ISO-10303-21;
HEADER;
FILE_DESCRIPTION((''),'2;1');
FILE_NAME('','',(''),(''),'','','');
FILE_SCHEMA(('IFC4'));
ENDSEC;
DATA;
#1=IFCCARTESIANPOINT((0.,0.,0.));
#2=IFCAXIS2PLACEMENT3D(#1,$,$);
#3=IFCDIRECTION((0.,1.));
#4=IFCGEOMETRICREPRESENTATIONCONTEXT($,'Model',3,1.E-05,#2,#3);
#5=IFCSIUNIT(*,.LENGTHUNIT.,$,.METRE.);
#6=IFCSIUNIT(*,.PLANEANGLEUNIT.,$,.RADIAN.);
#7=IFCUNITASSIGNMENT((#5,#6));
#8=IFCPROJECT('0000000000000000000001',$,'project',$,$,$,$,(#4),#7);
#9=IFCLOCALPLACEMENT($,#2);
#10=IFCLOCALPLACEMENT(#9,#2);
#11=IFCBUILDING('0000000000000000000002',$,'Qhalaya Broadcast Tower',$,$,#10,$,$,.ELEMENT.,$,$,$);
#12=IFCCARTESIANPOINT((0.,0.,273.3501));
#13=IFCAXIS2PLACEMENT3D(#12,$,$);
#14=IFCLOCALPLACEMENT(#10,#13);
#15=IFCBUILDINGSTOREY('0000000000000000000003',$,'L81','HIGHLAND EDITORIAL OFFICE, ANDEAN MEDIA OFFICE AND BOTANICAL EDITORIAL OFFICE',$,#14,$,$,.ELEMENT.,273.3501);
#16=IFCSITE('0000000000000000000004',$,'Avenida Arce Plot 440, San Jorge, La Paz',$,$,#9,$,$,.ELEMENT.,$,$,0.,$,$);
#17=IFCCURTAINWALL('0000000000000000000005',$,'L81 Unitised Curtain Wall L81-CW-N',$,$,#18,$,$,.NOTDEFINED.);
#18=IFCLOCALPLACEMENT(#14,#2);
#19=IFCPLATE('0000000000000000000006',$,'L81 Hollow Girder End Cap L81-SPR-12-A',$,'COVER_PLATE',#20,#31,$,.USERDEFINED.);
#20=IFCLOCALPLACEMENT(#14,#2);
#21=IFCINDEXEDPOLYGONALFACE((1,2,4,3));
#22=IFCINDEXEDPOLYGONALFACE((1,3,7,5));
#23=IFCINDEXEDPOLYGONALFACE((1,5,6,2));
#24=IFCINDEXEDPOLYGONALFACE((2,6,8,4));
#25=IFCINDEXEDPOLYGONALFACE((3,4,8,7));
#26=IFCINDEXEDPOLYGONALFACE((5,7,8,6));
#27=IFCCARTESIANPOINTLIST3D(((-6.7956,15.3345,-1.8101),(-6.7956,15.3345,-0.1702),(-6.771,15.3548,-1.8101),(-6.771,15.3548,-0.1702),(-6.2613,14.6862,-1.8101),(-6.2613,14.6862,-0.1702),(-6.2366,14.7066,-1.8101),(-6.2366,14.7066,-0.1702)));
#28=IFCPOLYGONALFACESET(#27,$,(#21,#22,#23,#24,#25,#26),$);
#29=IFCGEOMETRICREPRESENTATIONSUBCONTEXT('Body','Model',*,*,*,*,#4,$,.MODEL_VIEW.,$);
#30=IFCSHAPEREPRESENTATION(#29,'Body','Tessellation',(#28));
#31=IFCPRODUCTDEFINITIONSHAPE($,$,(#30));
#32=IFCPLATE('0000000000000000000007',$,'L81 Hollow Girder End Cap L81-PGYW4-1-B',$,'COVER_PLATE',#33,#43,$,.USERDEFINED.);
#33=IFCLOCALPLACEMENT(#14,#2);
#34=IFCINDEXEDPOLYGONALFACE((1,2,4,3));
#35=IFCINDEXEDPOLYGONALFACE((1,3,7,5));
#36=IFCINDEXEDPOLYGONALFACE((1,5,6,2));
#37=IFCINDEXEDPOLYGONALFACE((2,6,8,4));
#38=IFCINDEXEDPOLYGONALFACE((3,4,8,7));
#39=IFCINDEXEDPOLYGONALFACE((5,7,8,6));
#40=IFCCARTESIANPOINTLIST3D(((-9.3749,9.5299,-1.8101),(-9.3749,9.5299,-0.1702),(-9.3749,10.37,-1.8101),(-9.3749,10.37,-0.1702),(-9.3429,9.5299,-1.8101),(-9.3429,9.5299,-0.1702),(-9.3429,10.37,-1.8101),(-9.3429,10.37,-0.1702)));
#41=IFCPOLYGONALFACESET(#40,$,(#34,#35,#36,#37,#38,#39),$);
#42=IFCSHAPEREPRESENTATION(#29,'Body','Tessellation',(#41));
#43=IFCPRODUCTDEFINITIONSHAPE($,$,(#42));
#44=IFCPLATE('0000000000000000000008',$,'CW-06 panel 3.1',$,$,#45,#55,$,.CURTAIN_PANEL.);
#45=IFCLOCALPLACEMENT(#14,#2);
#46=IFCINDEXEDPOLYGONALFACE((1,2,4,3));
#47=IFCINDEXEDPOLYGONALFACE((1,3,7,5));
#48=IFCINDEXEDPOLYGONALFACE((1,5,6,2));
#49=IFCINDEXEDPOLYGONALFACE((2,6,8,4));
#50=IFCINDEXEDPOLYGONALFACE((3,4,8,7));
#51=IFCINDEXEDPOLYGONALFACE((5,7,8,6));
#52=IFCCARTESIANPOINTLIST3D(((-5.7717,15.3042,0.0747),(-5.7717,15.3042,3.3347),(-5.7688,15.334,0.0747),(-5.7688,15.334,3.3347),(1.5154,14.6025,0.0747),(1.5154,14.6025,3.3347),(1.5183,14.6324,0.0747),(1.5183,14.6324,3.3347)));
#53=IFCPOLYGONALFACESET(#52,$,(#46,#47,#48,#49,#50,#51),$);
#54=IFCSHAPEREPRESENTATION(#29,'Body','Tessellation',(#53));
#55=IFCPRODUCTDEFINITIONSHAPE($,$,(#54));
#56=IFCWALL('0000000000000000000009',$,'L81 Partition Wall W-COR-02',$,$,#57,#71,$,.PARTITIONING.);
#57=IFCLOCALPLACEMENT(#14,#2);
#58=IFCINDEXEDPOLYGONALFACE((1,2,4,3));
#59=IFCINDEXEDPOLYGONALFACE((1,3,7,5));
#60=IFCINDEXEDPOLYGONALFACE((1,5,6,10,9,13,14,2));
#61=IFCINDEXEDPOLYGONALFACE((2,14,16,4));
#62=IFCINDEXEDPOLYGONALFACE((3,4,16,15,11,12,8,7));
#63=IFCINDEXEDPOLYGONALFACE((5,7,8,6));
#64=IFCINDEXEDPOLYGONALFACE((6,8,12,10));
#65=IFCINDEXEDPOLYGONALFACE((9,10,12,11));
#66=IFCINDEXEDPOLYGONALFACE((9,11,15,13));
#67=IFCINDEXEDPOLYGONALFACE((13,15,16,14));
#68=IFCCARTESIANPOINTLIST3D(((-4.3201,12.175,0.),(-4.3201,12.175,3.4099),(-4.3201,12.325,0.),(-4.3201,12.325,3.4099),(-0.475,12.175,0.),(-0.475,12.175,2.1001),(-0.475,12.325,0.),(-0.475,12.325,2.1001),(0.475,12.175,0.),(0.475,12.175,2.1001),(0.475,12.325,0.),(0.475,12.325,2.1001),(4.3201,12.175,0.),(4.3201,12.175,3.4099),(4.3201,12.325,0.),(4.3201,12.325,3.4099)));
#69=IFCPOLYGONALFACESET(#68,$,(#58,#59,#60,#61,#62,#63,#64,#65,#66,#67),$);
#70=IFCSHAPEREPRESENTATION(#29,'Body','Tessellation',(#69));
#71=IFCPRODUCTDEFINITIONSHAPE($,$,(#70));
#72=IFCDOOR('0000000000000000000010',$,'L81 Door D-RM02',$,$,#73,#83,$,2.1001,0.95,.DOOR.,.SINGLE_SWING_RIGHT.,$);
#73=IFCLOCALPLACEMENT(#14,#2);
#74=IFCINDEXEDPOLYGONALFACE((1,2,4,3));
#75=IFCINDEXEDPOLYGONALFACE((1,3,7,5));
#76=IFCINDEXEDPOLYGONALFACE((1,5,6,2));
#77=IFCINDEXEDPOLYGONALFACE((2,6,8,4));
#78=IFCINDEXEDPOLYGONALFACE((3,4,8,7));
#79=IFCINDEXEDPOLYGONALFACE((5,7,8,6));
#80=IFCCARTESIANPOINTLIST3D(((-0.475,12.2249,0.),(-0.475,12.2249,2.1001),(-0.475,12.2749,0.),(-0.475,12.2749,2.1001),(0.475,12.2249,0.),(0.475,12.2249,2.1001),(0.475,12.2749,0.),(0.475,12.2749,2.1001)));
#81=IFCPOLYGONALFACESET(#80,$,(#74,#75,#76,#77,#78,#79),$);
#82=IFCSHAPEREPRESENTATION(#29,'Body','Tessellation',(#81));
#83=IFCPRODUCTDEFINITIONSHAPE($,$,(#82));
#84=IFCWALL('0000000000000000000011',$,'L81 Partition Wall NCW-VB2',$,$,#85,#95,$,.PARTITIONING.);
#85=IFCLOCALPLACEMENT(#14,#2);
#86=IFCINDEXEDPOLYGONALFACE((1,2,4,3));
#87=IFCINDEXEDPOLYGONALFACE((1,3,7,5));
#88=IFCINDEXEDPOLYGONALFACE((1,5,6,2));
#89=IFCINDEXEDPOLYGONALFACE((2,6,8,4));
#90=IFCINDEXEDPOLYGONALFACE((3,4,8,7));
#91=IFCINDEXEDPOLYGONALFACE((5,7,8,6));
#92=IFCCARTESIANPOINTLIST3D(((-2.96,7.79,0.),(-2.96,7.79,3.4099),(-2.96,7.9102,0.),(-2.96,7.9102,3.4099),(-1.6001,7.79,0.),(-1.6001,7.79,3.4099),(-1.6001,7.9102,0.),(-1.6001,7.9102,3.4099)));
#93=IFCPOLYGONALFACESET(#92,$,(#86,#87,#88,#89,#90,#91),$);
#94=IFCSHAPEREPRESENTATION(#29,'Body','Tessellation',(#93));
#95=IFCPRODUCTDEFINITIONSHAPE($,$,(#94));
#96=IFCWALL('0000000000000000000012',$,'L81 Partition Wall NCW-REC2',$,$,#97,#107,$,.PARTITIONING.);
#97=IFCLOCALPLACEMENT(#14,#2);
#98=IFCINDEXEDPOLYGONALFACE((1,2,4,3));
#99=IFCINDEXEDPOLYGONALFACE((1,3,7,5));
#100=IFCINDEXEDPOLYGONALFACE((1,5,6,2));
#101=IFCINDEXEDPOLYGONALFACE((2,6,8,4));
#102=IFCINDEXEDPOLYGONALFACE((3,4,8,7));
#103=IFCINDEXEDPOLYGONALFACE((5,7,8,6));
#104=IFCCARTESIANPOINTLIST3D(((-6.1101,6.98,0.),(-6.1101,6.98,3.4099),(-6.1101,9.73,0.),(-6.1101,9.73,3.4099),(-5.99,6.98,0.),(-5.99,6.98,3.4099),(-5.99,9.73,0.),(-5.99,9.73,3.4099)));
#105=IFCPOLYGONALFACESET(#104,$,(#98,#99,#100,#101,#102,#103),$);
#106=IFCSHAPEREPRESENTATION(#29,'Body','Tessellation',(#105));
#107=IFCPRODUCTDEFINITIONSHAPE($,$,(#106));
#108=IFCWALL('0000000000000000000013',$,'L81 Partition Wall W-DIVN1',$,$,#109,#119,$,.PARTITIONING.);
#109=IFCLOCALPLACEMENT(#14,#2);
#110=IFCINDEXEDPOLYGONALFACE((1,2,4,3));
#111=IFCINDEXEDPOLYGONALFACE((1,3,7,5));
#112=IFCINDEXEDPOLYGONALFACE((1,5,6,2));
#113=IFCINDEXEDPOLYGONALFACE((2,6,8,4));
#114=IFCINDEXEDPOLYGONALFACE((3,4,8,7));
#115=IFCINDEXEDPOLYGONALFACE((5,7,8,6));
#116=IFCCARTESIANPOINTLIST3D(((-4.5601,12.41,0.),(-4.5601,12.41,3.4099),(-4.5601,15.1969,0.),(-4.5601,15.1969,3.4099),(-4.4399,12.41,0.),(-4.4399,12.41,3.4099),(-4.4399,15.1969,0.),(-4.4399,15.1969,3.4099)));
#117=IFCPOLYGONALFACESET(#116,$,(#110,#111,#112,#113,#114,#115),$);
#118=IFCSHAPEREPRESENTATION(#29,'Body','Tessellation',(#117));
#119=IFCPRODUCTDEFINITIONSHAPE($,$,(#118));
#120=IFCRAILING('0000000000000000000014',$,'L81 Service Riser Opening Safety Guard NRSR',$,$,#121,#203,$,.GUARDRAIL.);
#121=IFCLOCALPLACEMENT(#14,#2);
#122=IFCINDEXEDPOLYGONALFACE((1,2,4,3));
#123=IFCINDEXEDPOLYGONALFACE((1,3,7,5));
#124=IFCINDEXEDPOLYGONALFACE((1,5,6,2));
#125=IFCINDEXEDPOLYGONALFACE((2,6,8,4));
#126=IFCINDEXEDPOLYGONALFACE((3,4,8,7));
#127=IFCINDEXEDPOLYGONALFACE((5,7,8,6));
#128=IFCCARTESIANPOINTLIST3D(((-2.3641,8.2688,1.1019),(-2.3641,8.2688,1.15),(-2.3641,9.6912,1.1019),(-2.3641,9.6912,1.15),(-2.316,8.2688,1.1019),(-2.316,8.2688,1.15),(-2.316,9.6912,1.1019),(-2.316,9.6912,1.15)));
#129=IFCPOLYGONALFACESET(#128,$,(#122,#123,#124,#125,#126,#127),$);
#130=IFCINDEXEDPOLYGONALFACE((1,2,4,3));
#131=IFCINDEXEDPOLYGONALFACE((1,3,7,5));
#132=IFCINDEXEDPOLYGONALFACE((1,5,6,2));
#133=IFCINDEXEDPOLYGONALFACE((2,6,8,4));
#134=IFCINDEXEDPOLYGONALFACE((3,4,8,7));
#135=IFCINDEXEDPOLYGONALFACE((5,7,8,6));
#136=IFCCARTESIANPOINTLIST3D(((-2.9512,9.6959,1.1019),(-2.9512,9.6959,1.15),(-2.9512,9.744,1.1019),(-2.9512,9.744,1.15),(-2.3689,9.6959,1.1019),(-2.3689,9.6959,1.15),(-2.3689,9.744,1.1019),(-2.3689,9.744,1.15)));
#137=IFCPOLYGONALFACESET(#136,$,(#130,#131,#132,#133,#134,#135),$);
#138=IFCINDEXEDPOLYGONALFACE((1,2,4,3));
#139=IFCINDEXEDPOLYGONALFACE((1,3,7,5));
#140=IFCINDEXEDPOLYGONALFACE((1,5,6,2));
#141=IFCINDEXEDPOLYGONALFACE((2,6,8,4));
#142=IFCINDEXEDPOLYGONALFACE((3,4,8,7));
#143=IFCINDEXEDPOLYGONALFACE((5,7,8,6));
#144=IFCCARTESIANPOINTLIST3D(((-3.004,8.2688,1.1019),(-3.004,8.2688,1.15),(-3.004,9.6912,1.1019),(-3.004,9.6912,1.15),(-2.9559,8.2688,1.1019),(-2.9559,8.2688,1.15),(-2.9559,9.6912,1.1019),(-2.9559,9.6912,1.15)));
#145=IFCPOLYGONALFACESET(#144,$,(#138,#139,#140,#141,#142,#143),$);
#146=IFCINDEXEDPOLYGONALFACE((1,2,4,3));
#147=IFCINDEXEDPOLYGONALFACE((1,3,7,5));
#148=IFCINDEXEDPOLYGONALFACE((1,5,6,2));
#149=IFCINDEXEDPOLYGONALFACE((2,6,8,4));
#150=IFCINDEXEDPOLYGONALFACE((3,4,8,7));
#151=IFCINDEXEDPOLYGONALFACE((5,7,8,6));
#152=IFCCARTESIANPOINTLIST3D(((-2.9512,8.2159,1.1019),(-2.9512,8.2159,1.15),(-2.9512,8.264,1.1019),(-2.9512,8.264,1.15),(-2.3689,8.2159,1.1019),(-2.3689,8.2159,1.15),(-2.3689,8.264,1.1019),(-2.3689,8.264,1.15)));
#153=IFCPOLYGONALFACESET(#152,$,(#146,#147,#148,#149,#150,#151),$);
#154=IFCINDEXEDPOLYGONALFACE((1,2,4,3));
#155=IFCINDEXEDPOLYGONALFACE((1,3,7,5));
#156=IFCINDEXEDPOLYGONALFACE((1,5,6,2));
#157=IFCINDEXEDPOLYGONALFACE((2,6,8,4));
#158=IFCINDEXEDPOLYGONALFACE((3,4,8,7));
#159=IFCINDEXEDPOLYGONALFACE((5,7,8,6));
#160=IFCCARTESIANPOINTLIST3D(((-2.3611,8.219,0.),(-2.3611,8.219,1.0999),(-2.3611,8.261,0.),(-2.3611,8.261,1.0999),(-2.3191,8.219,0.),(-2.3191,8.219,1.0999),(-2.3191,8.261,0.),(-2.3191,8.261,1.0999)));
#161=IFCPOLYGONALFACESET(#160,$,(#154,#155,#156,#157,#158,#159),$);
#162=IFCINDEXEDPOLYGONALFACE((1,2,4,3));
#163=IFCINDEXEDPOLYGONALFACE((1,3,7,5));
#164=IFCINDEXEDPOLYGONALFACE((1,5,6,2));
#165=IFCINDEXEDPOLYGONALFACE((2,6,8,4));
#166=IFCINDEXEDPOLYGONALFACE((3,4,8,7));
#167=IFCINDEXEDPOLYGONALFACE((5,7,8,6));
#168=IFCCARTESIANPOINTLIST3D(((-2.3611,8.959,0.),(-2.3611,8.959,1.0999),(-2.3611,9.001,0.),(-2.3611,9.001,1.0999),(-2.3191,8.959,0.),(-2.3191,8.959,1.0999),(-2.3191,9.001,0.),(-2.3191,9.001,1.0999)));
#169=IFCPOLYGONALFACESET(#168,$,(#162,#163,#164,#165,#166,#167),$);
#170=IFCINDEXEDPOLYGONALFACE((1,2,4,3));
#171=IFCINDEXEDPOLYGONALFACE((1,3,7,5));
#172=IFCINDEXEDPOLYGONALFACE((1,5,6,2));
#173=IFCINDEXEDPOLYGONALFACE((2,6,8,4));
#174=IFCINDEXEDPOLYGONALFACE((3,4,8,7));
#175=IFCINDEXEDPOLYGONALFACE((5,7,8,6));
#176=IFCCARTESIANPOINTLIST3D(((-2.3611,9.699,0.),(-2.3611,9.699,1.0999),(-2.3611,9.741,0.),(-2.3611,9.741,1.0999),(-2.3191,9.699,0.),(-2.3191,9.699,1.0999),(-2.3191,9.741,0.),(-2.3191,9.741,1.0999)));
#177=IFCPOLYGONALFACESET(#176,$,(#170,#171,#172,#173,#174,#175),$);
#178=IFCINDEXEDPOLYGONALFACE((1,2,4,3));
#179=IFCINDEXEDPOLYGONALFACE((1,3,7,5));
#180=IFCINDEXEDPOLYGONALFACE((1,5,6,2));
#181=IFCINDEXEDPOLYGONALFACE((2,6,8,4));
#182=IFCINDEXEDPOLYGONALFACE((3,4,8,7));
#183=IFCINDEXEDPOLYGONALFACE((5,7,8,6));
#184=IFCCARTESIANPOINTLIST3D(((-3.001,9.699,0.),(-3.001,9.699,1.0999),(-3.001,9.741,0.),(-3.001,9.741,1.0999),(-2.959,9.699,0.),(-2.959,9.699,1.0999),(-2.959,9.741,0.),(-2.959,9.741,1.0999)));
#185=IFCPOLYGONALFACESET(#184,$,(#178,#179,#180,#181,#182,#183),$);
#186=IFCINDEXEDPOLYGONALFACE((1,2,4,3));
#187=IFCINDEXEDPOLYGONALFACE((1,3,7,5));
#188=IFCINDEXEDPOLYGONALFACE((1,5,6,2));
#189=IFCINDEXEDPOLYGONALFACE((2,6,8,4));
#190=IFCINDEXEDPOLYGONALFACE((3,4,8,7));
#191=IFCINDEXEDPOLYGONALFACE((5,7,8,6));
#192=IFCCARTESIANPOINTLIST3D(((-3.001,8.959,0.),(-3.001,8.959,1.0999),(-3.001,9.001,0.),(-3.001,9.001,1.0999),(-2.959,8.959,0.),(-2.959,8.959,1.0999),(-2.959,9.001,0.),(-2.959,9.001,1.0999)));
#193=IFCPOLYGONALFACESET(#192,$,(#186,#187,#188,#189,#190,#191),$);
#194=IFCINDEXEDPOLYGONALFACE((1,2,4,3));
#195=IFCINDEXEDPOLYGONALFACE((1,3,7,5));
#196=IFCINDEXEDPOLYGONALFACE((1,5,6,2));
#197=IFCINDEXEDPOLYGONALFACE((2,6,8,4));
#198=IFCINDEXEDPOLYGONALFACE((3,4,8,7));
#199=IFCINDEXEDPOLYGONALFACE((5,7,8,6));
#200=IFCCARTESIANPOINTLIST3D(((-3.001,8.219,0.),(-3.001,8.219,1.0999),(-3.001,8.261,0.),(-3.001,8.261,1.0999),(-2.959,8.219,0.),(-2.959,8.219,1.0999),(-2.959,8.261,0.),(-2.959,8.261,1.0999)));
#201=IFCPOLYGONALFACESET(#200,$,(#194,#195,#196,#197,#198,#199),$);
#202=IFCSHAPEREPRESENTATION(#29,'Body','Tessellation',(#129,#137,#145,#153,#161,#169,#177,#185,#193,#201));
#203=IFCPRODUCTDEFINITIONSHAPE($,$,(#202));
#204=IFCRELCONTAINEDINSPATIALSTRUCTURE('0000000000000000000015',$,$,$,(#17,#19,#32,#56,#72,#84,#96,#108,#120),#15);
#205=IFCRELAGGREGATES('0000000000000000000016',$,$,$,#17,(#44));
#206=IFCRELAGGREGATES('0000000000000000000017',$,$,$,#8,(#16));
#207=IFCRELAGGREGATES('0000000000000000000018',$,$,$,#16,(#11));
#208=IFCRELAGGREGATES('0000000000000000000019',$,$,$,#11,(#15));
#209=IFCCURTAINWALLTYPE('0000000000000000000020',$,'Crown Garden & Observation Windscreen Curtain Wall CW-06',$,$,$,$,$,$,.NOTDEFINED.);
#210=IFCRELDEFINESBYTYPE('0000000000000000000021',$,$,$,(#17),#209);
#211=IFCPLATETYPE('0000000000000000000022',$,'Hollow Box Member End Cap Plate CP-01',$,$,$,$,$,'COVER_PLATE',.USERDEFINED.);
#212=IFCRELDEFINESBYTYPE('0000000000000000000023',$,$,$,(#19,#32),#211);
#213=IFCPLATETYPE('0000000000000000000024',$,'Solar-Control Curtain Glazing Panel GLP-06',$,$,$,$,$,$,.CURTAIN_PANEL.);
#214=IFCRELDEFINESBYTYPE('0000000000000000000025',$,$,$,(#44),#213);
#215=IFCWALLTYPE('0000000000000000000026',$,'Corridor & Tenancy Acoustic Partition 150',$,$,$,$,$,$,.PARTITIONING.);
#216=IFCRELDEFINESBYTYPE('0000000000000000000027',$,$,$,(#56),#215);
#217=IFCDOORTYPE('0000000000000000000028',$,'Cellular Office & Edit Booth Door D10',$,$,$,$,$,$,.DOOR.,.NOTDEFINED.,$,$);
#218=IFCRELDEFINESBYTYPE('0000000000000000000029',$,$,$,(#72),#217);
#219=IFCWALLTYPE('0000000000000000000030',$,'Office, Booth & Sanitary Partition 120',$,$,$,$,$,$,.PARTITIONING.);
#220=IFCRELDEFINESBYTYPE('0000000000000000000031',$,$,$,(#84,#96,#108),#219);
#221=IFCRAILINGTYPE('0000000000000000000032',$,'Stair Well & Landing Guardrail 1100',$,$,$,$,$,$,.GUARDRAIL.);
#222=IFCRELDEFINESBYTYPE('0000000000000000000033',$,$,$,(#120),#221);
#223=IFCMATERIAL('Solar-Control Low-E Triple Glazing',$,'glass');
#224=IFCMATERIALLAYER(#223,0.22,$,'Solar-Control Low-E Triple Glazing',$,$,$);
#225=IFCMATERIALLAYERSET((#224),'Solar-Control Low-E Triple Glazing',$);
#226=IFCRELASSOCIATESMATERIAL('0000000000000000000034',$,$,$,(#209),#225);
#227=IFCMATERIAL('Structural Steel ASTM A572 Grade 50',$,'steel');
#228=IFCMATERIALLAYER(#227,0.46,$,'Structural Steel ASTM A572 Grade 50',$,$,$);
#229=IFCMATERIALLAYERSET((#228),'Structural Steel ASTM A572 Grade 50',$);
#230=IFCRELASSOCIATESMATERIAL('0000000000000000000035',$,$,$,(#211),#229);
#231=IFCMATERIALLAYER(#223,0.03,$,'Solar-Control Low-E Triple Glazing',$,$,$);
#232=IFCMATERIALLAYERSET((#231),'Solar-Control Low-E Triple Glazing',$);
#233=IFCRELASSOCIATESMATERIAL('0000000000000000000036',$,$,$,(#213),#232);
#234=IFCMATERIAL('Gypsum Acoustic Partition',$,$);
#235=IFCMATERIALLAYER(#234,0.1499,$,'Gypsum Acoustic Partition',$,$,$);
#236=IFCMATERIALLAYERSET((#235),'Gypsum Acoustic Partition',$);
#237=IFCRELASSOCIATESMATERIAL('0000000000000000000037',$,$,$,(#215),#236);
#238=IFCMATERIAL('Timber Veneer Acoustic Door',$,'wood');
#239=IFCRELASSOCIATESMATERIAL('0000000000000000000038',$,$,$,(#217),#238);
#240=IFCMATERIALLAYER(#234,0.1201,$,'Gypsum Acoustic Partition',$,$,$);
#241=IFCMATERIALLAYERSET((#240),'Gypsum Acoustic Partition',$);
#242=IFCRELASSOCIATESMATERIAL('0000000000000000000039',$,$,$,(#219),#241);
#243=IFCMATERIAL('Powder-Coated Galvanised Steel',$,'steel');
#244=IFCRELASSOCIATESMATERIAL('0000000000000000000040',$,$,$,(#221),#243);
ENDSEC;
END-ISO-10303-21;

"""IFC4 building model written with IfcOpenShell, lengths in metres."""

from ifc_helpers import new_model, si_unit, direction, frame, frame_2d, origin, origin_2d, place, context, subcontext, project, spatial, rectangle, extrude, material, layer, layer_set, type_object, element, fill, aggregate, save


model = new_model("IFC4")

# Units and contexts
model_context = context("Model", 3, precision=1e-05, world=origin(), true_north=direction((0.0, 1.0)))
body_context = subcontext(model_context, "Body", "Model", "MODEL_VIEW")
ifc_project = project(units=[si_unit("LENGTHUNIT", "METRE"), si_unit("PLANEANGLEUNIT", "RADIAN")], contexts=[model_context])

# Site, building, storey
site_placement = place(None, origin())
site = spatial("IfcSite", under=ifc_project, at=site_placement, Name="Avenida Arce Plot 440, San Jorge, La Paz", CompositionType="ELEMENT", RefElevation=0.0)
building_placement = place(site_placement, origin())
building = spatial("IfcBuilding", under=site, at=building_placement, Name="Qhalaya Broadcast Tower", CompositionType="ELEMENT")
storey_placement = place(building_placement, frame((0.0, 0.0, 273.3501)))
storey = spatial("IfcBuildingStorey", under=building, at=storey_placement, Name="L81", Description="HIGHLAND EDITORIAL OFFICE, ANDEAN MEDIA OFFICE AND BOTANICAL EDITORIAL OFFICE", CompositionType="ELEMENT", Elevation=273.3501)

# Shared definitions
ifc_material_1 = material(Name="Structural Steel ASTM A572 Grade 50", Category="steel")

# Curtain wall
ifc_material_2 = material(Name="Solar-Control Low-E Triple Glazing", Category="glass")
ifc_layer_1 = layer(ifc_material_2, 0.22, Name="Solar-Control Low-E Triple Glazing")
ifc_layer_set_1 = layer_set([ifc_layer_1], Name="Solar-Control Low-E Triple Glazing")
curtain_wall_type = type_object("IfcCurtainWallType", Name="Crown Garden & Observation Windscreen Curtain Wall CW-06", PredefinedType="NOTDEFINED", material=ifc_layer_set_1)
curtain_wall_placement = place(storey_placement, origin())
curtain_wall = element("IfcCurtainWall", 1, at=curtain_wall_placement, inside=storey, type_object=curtain_wall_type, Name="L81 Unitised Curtain Wall L81-CW-N", PredefinedType="NOTDEFINED")

# Plates
ifc_layer_2 = layer(ifc_material_1, 0.46, Name="Structural Steel ASTM A572 Grade 50")
ifc_layer_set_2 = layer_set([ifc_layer_2], Name="Structural Steel ASTM A572 Grade 50")
plate_type_1 = type_object("IfcPlateType", Name="Hollow Box Member End Cap Plate CP-01", ElementType="COVER_PLATE", PredefinedType="USERDEFINED", material=ifc_layer_set_2)
for number, where, z_axis, x_axis, name in (
    (2, (-6.5161, 15.0205, -1.8101), (0.0, 0.0, 1.0), (0.636078, -0.771625, 0.0), "L81 Hollow Girder End Cap L81-SPR-12-A"),
    (3, (-9.3589, 9.95, -1.8101), (0.0, 0.0, 1.0), (0.0, 1.0, 0.0), "L81 Hollow Girder End Cap L81-PGYW4-1-B"),
):
    element("IfcPlate", number, at=place(storey_placement, frame(where, z_axis=z_axis, x_axis=x_axis)), inside=storey, type_object=plate_type_1, Name=name, ObjectType="COVER_PLATE", PredefinedType="USERDEFINED", context=body_context, shape_type="SweptSolid", body=[
        extrude(rectangle(XDim=0.8401, YDim=0.032, at=origin_2d()), origin(), (0.0, 0.0, 1.0), 1.6399),
    ])

# Plate
ifc_layer_3 = layer(ifc_material_2, 0.03, Name="Solar-Control Low-E Triple Glazing")
ifc_layer_set_3 = layer_set([ifc_layer_3], Name="Solar-Control Low-E Triple Glazing")
plate_type_2 = type_object("IfcPlateType", Name="Solar-Control Curtain Glazing Panel GLP-06", PredefinedType="CURTAIN_PANEL", material=ifc_layer_set_3)
plate_placement = place(storey_placement, frame((-2.1267, 14.9683, 0.0747), z_axis=(0.0, 0.0, 1.0), x_axis=(-0.995396, 0.095848, 0.0)))
plate = element("IfcPlate", 4, at=plate_placement, type_object=plate_type_2, Name="CW-06 panel 3.1", PredefinedType="CURTAIN_PANEL", context=body_context, shape_type="SweptSolid", body=[
    extrude(rectangle(XDim=7.3208, YDim=0.03, at=origin_2d()), origin(), (0.0, 0.0, 1.0), 3.26),
])
aggregate(curtain_wall, [plate])

# Wall, opening, door
ifc_material_3 = material(Name="Gypsum Acoustic Partition")
ifc_layer_4 = layer(ifc_material_3, 0.1499, Name="Gypsum Acoustic Partition")
ifc_layer_set_4 = layer_set([ifc_layer_4], Name="Gypsum Acoustic Partition")
wall_type_1 = type_object("IfcWallType", Name="Corridor & Tenancy Acoustic Partition 150", PredefinedType="PARTITIONING", material=ifc_layer_set_4)
wall_1_placement = place(storey_placement, frame((-4.3201, 12.25, 0.0), z_axis=(0.0, 0.0, 1.0), x_axis=(1.0, 0.0, 0.0)))
wall_1 = element("IfcWall", 5, at=wall_1_placement, inside=storey, type_object=wall_type_1, Name="L81 Partition Wall W-COR-02", PredefinedType="PARTITIONING", context=body_context, shape_type="SweptSolid", body=[
    extrude(rectangle(XDim=8.6401, YDim=0.1499, at=frame_2d((4.3201, 0.0))), origin(), (0.0, 0.0, 1.0), 3.4099),
])
opening_placement = place(wall_1_placement, frame((3.845, 0.0, 0.0)))
opening = element("IfcOpeningElement", 6, at=opening_placement, cuts=wall_1, PredefinedType="OPENING", context=body_context, shape_type="SweptSolid", body=[
    extrude(rectangle(XDim=0.95, YDim=2.1001, at=frame_2d((0.4751, 1.05))), frame((0.0, 0.0869, 0.0), z_axis=(0.0, -1.0, 0.0), x_axis=(1.0, 0.0, 0.0)), (0.0, 0.0, 1.0), 0.1738),
])
ifc_material_4 = material(Name="Timber Veneer Acoustic Door", Category="wood")
door_type = type_object("IfcDoorType", Name="Cellular Office & Edit Booth Door D10", OperationType="NOTDEFINED", PredefinedType="DOOR", material=ifc_material_4)
door_placement = place(opening_placement, origin())
door = element("IfcDoor", 7, at=door_placement, inside=storey, type_object=door_type, Name="L81 Door D-RM02", OperationType="SINGLE_SWING_RIGHT", OverallHeight=2.1001, OverallWidth=0.95, PredefinedType="DOOR", context=body_context, shape_type="SweptSolid", body=[
    extrude(rectangle(XDim=0.95, YDim=2.1001, at=frame_2d((0.4751, 1.05))), frame((0.0, 0.0249, 0.0), z_axis=(0.0, -1.0, 0.0), x_axis=(1.0, 0.0, 0.0)), (0.0, 0.0, 1.0), 0.05),
])
fill(opening, door)

# Walls
ifc_layer_5 = layer(ifc_material_3, 0.1201, Name="Gypsum Acoustic Partition")
ifc_layer_set_5 = layer_set([ifc_layer_5], Name="Gypsum Acoustic Partition")
wall_type_2 = type_object("IfcWallType", Name="Office, Booth & Sanitary Partition 120", PredefinedType="PARTITIONING", material=ifc_layer_set_5)
wall_2_placement = place(storey_placement, frame((-2.96, 7.8501, 0.0), z_axis=(0.0, 0.0, 1.0), x_axis=(1.0, 0.0, 0.0)))
element("IfcWall", 8, at=wall_2_placement, inside=storey, type_object=wall_type_2, Name="L81 Partition Wall NCW-VB2", PredefinedType="PARTITIONING", context=body_context, shape_type="SweptSolid", body=[
    extrude(rectangle(XDim=1.3599, YDim=0.1201, at=frame_2d((0.6799, 0.0))), origin(), (0.0, 0.0, 1.0), 3.4099),
])
wall_3_placement = place(storey_placement, frame((-6.05, 6.98, 0.0), z_axis=(0.0, 0.0, 1.0), x_axis=(0.0, 1.0, 0.0)))
element("IfcWall", 9, at=wall_3_placement, inside=storey, type_object=wall_type_2, Name="L81 Partition Wall NCW-REC2", PredefinedType="PARTITIONING", context=body_context, shape_type="SweptSolid", body=[
    extrude(rectangle(XDim=2.75, YDim=0.1201, at=frame_2d((1.375, 0.0))), origin(), (0.0, 0.0, 1.0), 3.4099),
])
wall_4_placement = place(storey_placement, frame((-4.5, 12.4099, 0.0), z_axis=(0.0, 0.0, 1.0), x_axis=(0.0, 1.0, 0.0)))
element("IfcWall", 10, at=wall_4_placement, inside=storey, type_object=wall_type_2, Name="L81 Partition Wall W-DIVN1", PredefinedType="PARTITIONING", context=body_context, shape_type="SweptSolid", body=[
    extrude(rectangle(XDim=2.7869, YDim=0.1201, at=frame_2d((1.3936, 0.0))), origin(), (0.0, 0.0, 1.0), 3.4099),
])

# Railing
ifc_material_5 = material(Name="Powder-Coated Galvanised Steel", Category="steel")
railing_type_1 = type_object("IfcRailingType", Name="Stair Well & Landing Guardrail 1100", PredefinedType="GUARDRAIL", material=ifc_material_5)
railing_1_placement = place(storey_placement, frame((-2.3401, 8.24, 0.0)))
element("IfcRailing", 11, at=railing_1_placement, inside=storey, type_object=railing_type_1, Name="L81 Service Riser Opening Safety Guard NRSR", PredefinedType="GUARDRAIL", context=body_context, shape_type="SweptSolid", body=[
    extrude(rectangle(XDim=0.0481, YDim=0.0481, at=origin_2d()), frame((0.0, 0.0288, 1.126), z_axis=(0.0, 1.0, 0.0), x_axis=(-1.0, 0.0, 0.0)), (0.0, 0.0, 1.0), 1.4224),
    extrude(rectangle(XDim=0.0481, YDim=0.0481, at=origin_2d()), frame((-0.0288, 1.48, 1.126), z_axis=(-1.0, 0.0, 0.0), x_axis=(0.0, -1.0, 0.0)), (0.0, 0.0, 1.0), 0.5823),
    extrude(rectangle(XDim=0.0481, YDim=0.0481, at=origin_2d()), frame((-0.6399, 1.4512, 1.126), z_axis=(0.0, -1.0, 0.0), x_axis=(1.0, 0.0, 0.0)), (0.0, 0.0, 1.0), 1.4224),
    extrude(rectangle(XDim=0.0481, YDim=0.0481, at=origin_2d()), frame((-0.6111, 0.0, 1.126), z_axis=(1.0, 0.0, 0.0), x_axis=(0.0, 1.0, 0.0)), (0.0, 0.0, 1.0), 0.5823),
    extrude(rectangle(XDim=0.042, YDim=0.042, at=origin_2d()), origin(), (0.0, 0.0, 1.0), 1.0999),
    extrude(rectangle(XDim=0.042, YDim=0.042, at=origin_2d()), frame((0.0, 0.74, 0.0)), (0.0, 0.0, 1.0), 1.0999),
    extrude(rectangle(XDim=0.042, YDim=0.042, at=origin_2d()), frame((0.0, 1.48, 0.0)), (0.0, 0.0, 1.0), 1.0999),
    extrude(rectangle(XDim=0.042, YDim=0.042, at=origin_2d()), frame((-0.6399, 1.48, 0.0)), (0.0, 0.0, 1.0), 1.0999),
    extrude(rectangle(XDim=0.042, YDim=0.042, at=origin_2d()), frame((-0.6399, 0.74, 0.0)), (0.0, 0.0, 1.0), 1.0999),
    extrude(rectangle(XDim=0.042, YDim=0.042, at=origin_2d()), frame((-0.6399, 0.0, 0.0)), (0.0, 0.0, 1.0), 1.0999),
])

save(model, "model.ifc")
